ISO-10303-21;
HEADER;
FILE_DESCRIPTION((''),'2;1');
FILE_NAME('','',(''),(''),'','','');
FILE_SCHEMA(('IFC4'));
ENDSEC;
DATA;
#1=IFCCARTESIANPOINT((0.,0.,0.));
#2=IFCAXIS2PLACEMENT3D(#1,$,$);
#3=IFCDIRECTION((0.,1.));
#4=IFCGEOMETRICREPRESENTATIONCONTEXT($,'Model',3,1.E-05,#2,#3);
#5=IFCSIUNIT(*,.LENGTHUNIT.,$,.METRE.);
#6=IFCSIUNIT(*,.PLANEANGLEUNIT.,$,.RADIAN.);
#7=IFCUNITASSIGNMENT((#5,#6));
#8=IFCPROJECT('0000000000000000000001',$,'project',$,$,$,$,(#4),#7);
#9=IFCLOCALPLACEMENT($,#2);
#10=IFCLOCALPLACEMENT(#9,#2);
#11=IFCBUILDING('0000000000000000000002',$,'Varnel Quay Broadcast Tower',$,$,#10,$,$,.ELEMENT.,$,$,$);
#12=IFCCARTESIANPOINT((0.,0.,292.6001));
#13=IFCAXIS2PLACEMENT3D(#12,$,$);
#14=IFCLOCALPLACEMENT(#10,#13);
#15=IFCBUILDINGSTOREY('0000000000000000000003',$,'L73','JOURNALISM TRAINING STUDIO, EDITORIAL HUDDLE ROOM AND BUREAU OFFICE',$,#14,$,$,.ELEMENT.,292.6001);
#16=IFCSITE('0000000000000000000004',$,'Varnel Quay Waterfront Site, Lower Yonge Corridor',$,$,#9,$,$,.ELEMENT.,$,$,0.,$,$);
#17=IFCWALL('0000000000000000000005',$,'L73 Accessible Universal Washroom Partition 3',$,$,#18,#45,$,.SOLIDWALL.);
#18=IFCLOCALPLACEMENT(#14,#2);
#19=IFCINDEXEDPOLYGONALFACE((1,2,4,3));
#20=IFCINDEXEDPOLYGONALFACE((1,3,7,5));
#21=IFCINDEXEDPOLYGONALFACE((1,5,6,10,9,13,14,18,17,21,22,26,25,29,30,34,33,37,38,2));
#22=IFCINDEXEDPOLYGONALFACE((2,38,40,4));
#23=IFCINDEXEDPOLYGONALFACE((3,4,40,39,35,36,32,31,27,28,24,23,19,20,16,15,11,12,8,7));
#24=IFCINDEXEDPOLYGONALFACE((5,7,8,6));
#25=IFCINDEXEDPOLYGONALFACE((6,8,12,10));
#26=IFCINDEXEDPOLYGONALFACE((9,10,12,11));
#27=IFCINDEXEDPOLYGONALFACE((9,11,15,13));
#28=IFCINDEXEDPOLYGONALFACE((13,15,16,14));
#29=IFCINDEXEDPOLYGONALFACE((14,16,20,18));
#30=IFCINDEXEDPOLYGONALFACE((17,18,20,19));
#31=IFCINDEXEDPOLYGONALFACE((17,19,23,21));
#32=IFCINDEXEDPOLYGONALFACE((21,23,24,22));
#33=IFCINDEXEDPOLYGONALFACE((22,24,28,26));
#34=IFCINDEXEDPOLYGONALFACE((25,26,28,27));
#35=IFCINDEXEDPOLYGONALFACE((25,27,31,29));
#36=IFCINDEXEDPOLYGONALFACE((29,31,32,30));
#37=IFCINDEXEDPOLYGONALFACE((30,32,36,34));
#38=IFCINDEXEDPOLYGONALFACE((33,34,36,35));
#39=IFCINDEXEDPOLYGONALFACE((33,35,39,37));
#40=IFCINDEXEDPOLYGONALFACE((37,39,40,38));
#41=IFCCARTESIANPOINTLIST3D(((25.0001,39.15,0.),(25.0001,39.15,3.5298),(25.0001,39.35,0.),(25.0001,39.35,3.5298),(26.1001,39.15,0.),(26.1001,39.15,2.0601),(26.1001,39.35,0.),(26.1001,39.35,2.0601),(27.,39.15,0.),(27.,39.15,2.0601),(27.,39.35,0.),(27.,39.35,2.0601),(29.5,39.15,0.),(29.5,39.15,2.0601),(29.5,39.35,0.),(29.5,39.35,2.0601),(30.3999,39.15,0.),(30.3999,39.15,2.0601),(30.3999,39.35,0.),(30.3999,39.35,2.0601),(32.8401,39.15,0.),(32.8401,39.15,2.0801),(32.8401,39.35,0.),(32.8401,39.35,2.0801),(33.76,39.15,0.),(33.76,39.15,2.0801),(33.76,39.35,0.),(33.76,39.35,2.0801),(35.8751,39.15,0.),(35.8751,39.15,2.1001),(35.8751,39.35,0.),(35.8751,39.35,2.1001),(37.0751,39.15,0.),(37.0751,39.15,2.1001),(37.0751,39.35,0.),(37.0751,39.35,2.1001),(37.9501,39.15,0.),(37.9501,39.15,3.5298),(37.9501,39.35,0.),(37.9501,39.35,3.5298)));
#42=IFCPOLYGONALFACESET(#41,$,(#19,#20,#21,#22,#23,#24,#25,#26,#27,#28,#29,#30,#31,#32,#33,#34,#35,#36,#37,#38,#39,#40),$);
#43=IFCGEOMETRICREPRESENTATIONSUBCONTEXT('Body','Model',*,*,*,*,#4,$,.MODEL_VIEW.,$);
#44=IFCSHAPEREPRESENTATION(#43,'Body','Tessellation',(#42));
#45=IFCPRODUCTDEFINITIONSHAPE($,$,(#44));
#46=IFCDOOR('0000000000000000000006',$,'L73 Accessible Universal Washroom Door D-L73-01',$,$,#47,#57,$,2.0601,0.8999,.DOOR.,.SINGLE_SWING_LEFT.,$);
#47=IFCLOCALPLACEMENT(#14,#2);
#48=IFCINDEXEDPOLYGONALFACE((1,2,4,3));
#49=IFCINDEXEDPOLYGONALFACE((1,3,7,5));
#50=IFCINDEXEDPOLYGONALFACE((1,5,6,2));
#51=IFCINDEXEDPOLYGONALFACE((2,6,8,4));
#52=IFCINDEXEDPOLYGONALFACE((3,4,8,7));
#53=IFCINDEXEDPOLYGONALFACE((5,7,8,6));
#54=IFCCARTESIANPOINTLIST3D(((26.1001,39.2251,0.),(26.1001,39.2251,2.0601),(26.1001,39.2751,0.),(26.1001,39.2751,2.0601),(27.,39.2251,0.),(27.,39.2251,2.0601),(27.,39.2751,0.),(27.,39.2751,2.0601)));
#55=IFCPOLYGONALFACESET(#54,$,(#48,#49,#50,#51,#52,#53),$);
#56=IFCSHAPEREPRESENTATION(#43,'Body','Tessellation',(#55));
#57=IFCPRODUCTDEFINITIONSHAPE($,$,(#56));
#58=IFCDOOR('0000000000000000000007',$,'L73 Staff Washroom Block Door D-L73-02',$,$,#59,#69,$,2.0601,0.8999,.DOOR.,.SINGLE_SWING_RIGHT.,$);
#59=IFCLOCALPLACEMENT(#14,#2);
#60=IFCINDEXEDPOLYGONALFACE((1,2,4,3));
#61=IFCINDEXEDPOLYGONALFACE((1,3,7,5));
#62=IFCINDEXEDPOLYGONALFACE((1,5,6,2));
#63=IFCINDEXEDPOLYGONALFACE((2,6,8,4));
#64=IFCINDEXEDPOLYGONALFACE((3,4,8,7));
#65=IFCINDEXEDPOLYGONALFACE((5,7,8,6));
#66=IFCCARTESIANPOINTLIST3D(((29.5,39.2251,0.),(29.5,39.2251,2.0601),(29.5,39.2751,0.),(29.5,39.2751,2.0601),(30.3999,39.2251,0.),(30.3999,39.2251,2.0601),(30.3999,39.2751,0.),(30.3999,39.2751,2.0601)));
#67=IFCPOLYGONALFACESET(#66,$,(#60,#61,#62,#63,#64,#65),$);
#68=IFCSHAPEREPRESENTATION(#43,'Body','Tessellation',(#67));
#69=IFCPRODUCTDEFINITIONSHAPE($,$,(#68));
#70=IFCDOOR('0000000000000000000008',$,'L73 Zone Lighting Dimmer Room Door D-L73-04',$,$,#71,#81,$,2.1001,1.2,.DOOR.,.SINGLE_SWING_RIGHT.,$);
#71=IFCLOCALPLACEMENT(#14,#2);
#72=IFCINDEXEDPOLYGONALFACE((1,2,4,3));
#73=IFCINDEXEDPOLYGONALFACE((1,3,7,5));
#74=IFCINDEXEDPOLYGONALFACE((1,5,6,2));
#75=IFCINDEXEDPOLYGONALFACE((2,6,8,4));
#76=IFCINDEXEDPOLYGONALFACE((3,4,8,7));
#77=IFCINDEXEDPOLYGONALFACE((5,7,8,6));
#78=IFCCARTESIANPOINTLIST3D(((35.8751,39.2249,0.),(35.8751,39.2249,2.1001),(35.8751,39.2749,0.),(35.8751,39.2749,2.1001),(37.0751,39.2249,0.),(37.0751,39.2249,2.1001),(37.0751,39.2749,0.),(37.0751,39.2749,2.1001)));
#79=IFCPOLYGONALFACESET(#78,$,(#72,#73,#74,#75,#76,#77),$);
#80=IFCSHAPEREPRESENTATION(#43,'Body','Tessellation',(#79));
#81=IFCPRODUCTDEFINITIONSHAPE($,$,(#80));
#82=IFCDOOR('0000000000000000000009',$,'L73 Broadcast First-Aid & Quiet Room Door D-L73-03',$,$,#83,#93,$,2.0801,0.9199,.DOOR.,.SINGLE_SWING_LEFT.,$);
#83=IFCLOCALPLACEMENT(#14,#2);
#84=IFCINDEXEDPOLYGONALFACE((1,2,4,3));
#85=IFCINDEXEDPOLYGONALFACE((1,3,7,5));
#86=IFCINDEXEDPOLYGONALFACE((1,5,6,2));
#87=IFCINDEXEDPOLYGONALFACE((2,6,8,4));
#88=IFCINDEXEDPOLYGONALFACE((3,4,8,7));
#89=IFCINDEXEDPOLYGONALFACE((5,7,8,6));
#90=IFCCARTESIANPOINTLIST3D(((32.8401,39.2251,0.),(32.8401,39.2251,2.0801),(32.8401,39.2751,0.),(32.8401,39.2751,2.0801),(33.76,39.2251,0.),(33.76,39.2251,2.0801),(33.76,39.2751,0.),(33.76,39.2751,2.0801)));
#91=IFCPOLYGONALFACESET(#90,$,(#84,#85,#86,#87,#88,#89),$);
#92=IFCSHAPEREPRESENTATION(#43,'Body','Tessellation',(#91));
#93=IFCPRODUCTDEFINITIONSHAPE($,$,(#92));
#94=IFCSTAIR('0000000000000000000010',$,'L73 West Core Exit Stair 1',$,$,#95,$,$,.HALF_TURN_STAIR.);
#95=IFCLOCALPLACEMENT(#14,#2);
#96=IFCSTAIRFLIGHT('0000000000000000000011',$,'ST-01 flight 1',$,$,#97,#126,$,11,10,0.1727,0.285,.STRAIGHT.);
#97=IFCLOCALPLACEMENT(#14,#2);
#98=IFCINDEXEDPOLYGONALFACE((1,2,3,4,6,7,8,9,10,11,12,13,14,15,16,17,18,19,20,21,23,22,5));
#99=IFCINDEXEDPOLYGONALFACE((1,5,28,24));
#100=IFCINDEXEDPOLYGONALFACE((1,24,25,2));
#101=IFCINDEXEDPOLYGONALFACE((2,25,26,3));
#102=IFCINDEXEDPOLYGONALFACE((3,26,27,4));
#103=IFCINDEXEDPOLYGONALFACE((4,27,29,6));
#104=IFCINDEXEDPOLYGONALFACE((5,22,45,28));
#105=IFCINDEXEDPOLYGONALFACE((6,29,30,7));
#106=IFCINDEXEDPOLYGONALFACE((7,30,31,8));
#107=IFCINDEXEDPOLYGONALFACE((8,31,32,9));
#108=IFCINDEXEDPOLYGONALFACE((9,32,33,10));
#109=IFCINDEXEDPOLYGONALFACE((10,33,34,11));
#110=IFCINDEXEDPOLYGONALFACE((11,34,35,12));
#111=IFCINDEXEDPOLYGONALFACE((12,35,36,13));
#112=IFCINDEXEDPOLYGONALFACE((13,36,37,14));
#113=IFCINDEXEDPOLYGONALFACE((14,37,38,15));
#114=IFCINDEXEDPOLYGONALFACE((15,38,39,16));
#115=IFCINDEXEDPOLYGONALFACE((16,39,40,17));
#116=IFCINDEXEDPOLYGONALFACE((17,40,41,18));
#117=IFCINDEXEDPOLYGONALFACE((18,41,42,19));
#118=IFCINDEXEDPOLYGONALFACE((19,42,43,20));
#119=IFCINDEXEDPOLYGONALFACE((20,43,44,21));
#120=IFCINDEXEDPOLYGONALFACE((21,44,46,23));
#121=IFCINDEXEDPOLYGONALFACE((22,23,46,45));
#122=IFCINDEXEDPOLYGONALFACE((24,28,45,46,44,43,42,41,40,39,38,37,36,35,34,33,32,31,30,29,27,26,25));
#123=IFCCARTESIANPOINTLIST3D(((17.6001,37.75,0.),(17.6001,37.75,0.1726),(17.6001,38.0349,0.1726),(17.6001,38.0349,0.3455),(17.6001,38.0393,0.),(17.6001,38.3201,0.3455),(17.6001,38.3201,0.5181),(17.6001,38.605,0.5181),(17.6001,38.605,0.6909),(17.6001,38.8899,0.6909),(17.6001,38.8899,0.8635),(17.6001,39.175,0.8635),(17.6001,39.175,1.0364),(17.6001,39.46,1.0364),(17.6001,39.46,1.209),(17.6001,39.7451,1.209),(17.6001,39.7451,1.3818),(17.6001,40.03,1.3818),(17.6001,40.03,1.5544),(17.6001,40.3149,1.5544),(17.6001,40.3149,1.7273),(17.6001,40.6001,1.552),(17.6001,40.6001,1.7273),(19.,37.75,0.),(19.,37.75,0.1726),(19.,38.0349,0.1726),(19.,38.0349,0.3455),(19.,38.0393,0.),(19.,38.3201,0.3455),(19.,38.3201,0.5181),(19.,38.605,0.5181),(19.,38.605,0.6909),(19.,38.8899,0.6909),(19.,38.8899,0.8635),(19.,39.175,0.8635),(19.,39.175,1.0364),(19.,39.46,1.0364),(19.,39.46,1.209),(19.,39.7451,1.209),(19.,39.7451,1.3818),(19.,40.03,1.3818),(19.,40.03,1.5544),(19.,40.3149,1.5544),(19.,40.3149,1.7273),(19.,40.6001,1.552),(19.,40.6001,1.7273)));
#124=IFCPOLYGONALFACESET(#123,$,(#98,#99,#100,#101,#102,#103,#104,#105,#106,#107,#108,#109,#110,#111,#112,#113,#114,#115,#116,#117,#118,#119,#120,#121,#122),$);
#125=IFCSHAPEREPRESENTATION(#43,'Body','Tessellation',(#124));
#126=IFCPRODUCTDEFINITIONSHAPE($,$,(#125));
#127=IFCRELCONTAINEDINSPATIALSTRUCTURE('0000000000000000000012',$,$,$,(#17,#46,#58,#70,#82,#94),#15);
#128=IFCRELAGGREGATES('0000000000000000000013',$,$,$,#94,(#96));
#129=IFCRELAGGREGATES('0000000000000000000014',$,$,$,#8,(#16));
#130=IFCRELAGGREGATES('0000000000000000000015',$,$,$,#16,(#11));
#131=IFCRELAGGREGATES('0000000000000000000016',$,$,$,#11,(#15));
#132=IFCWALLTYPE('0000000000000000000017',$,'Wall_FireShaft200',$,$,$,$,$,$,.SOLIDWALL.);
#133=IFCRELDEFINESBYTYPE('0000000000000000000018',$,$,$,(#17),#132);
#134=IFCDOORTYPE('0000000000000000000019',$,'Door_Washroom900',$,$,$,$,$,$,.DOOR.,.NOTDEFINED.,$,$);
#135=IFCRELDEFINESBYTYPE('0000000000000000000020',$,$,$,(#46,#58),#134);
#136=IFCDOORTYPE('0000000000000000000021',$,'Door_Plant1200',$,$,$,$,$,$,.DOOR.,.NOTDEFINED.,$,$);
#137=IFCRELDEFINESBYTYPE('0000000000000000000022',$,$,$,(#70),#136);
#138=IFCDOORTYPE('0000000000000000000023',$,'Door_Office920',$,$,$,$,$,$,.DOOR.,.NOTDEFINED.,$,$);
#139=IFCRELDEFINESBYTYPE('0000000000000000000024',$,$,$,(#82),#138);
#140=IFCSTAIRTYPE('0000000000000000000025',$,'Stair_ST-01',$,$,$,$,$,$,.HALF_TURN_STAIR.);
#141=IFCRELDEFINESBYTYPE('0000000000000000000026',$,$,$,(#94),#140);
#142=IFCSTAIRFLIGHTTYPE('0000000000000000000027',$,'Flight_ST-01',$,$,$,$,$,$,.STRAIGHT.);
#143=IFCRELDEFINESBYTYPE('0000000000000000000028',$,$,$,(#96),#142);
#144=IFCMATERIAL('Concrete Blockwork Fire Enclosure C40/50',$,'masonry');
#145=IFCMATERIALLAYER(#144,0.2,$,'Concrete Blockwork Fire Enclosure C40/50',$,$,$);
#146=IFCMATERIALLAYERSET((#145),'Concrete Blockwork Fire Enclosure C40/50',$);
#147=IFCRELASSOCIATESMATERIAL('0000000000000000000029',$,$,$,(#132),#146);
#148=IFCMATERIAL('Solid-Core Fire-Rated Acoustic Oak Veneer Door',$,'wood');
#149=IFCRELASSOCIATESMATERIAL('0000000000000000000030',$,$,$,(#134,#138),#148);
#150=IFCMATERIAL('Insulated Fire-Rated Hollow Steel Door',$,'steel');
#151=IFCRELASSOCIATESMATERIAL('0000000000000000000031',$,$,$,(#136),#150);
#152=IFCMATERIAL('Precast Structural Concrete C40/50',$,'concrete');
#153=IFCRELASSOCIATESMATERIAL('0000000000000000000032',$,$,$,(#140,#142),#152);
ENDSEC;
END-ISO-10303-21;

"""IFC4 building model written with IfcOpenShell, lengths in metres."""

from ifc_helpers import new_model, si_unit, direction, frame, frame_2d, origin, place, context, subcontext, project, spatial, polyline, rectangle, outline, extrude, source, transform, mapped, material, layer, layer_set, type_object, type_shapes, element, fill, aggregate, save


model = new_model("IFC4")

# Units and contexts
model_context = context("Model", 3, precision=1e-05, world=origin(), true_north=direction((0.0, 1.0)))
body_context = subcontext(model_context, "Body", "Model", "MODEL_VIEW")
ifc_project = project(units=[si_unit("LENGTHUNIT", "METRE"), si_unit("PLANEANGLEUNIT", "RADIAN")], contexts=[model_context])

# Site, building, storey
site_placement = place(None, origin())
site = spatial("IfcSite", under=ifc_project, at=site_placement, Name="Varnel Quay Waterfront Site, Lower Yonge Corridor", CompositionType="ELEMENT", RefElevation=0.0)
building_placement = place(site_placement, origin())
building = spatial("IfcBuilding", under=site, at=building_placement, Name="Varnel Quay Broadcast Tower", CompositionType="ELEMENT")
storey_placement = place(building_placement, frame((0.0, 0.0, 292.6001)))
storey = spatial("IfcBuildingStorey", under=building, at=storey_placement, Name="L73", Description="JOURNALISM TRAINING STUDIO, EDITORIAL HUDDLE ROOM AND BUREAU OFFICE", CompositionType="ELEMENT", Elevation=292.6001)

# Shared definitions
ifc_material_1 = material(Name="Insulated Fire-Rated Hollow Steel Door", Category="steel")

# Wall, openings, doors
ifc_material_2 = material(Name="Concrete Blockwork Fire Enclosure C40/50", Category="masonry")
ifc_layer_1 = layer(ifc_material_2, 0.2, Name="Concrete Blockwork Fire Enclosure C40/50")
ifc_layer_set_1 = layer_set([ifc_layer_1], Name="Concrete Blockwork Fire Enclosure C40/50")
wall_type_1 = type_object("IfcWallType", Name="Wall_FireShaft200", PredefinedType="SOLIDWALL", material=ifc_layer_set_1)
wall_1_placement = place(storey_placement, frame((25.0, 39.25, 0.0), z_axis=(0.0, 0.0, 1.0), x_axis=(1.0, 0.0, 0.0)))
wall_1 = element("IfcWall", 1, at=wall_1_placement, inside=storey, type_object=wall_type_1, Name="L73 Accessible Universal Washroom Partition 3", PredefinedType="SOLIDWALL", context=body_context, shape_type="SweptSolid", body=[
    extrude(rectangle(XDim=12.95, YDim=0.2, at=frame_2d((6.4751, 0.0))), origin(), (0.0, 0.0, 1.0), 3.5298),
])
opening_1_placement = place(wall_1_placement, frame((1.1001, 0.0, 0.0)))
opening_1 = element("IfcOpeningElement", 2, at=opening_1_placement, cuts=wall_1, PredefinedType="OPENING", context=body_context, shape_type="SweptSolid", body=[
    extrude(rectangle(XDim=0.8999, YDim=2.0601, at=frame_2d((0.45, 1.03))), frame((0.0, 0.1099, 0.0), z_axis=(0.0, -1.0, 0.0), x_axis=(1.0, 0.0, 0.0)), (0.0, 0.0, 1.0), 0.22),
])
opening_2_placement = place(wall_1_placement, frame((4.5, 0.0, 0.0)))
opening_2 = element("IfcOpeningElement", 3, at=opening_2_placement, cuts=wall_1, PredefinedType="OPENING", context=body_context, shape_type="SweptSolid", body=[
    extrude(rectangle(XDim=0.8999, YDim=2.0601, at=frame_2d((0.45, 1.03))), frame((0.0, 0.1099, 0.0), z_axis=(0.0, -1.0, 0.0), x_axis=(1.0, 0.0, 0.0)), (0.0, 0.0, 1.0), 0.22),
])
opening_3_placement = place(wall_1_placement, frame((7.8401, 0.0, 0.0)))
opening_3 = element("IfcOpeningElement", 4, at=opening_3_placement, cuts=wall_1, PredefinedType="OPENING", context=body_context, shape_type="SweptSolid", body=[
    extrude(rectangle(XDim=0.9199, YDim=2.0801, at=frame_2d((0.46, 1.04))), frame((0.0, 0.1099, 0.0), z_axis=(0.0, -1.0, 0.0), x_axis=(1.0, 0.0, 0.0)), (0.0, 0.0, 1.0), 0.22),
])
opening_4_placement = place(wall_1_placement, frame((10.875, 0.0, 0.0)))
opening_4 = element("IfcOpeningElement", 5, at=opening_4_placement, cuts=wall_1, PredefinedType="OPENING", context=body_context, shape_type="SweptSolid", body=[
    extrude(rectangle(XDim=1.2, YDim=2.1001, at=frame_2d((0.6001, 1.05))), frame((0.0, 0.1099, 0.0), z_axis=(0.0, -1.0, 0.0), x_axis=(1.0, 0.0, 0.0)), (0.0, 0.0, 1.0), 0.22),
])
ifc_material_3 = material(Name="Solid-Core Fire-Rated Acoustic Oak Veneer Door", Category="wood")
door_type_1 = type_object("IfcDoorType", Name="Door_Washroom900", OperationType="NOTDEFINED", PredefinedType="DOOR", material=ifc_material_3)
shared_shape_1 = source(origin(), body_context, "Body", "SweptSolid", [
    extrude(rectangle(XDim=0.8999, YDim=2.0601, at=frame_2d((0.45, 1.03))), frame((0.0, 0.0249, 0.0), z_axis=(0.0, -1.0, 0.0), x_axis=(1.0, 0.0, 0.0)), (0.0, 0.0, 1.0), 0.05),
])
type_shapes(door_type_1, [shared_shape_1])
door_1_placement = place(opening_1_placement, frame((0.8999, 0.0, 0.0), z_axis=(0.0, 0.0, 1.0), x_axis=(-1.0, 0.0, 0.0)))
door_1 = element("IfcDoor", 6, at=door_1_placement, inside=storey, type_object=door_type_1, Name="L73 Accessible Universal Washroom Door D-L73-01", OperationType="SINGLE_SWING_LEFT", OverallHeight=2.0601, OverallWidth=0.8999, PredefinedType="DOOR", context=body_context, shape_type="MappedRepresentation", body=[
    mapped(shared_shape_1, transform((0.0, 0.0, 0.0), x_axis=(1.0, 0.0, 0.0), y_axis=(0.0, 1.0, 0.0), z_axis=(0.0, 0.0, 1.0), scale=1.0)),
])
fill(opening_1, door_1)
door_2_placement = place(opening_2_placement, frame((0.8999, 0.0, 0.0), z_axis=(0.0, 0.0, 1.0), x_axis=(-1.0, 0.0, 0.0)))
door_2 = element("IfcDoor", 7, at=door_2_placement, inside=storey, type_object=door_type_1, Name="L73 Staff Washroom Block Door D-L73-02", OperationType="SINGLE_SWING_RIGHT", OverallHeight=2.0601, OverallWidth=0.8999, PredefinedType="DOOR", context=body_context, shape_type="MappedRepresentation", body=[
    mapped(shared_shape_1, transform((0.0, 0.0, 0.0), x_axis=(1.0, 0.0, 0.0), y_axis=(0.0, 1.0, 0.0), z_axis=(0.0, 0.0, 1.0), scale=1.0)),
])
fill(opening_2, door_2)
door_type_2 = type_object("IfcDoorType", Name="Door_Plant1200", OperationType="NOTDEFINED", PredefinedType="DOOR", material=ifc_material_1)
shared_shape_2 = source(origin(), body_context, "Body", "SweptSolid", [
    extrude(rectangle(XDim=1.2, YDim=2.1001, at=frame_2d((0.6001, 1.05))), frame((0.0, 0.0249, 0.0), z_axis=(0.0, -1.0, 0.0), x_axis=(1.0, 0.0, 0.0)), (0.0, 0.0, 1.0), 0.05),
])
type_shapes(door_type_2, [shared_shape_2])
door_3_placement = place(opening_4_placement, origin())
door_3 = element("IfcDoor", 8, at=door_3_placement, inside=storey, type_object=door_type_2, Name="L73 Zone Lighting Dimmer Room Door D-L73-04", OperationType="SINGLE_SWING_RIGHT", OverallHeight=2.1001, OverallWidth=1.2, PredefinedType="DOOR", context=body_context, shape_type="MappedRepresentation", body=[
    mapped(shared_shape_2, transform((0.0, 0.0, 0.0), x_axis=(1.0, 0.0, 0.0), y_axis=(0.0, 1.0, 0.0), z_axis=(0.0, 0.0, 1.0), scale=1.0)),
])
fill(opening_4, door_3)
door_type_3 = type_object("IfcDoorType", Name="Door_Office920", OperationType="NOTDEFINED", PredefinedType="DOOR", material=ifc_material_3)
shared_shape_3 = source(origin(), body_context, "Body", "SweptSolid", [
    extrude(rectangle(XDim=0.9199, YDim=2.0801, at=frame_2d((0.46, 1.04))), frame((0.0, 0.0249, 0.0), z_axis=(0.0, -1.0, 0.0), x_axis=(1.0, 0.0, 0.0)), (0.0, 0.0, 1.0), 0.05),
])
type_shapes(door_type_3, [shared_shape_3])
door_4_placement = place(opening_3_placement, frame((0.9199, 0.0, 0.0), z_axis=(0.0, 0.0, 1.0), x_axis=(-1.0, 0.0, 0.0)))
door_4 = element("IfcDoor", 9, at=door_4_placement, inside=storey, type_object=door_type_3, Name="L73 Broadcast First-Aid & Quiet Room Door D-L73-03", OperationType="SINGLE_SWING_LEFT", OverallHeight=2.0801, OverallWidth=0.9199, PredefinedType="DOOR", context=body_context, shape_type="MappedRepresentation", body=[
    mapped(shared_shape_3, transform((0.0, 0.0, 0.0), x_axis=(1.0, 0.0, 0.0), y_axis=(0.0, 1.0, 0.0), z_axis=(0.0, 0.0, 1.0), scale=1.0)),
])
fill(opening_3, door_4)

# Stair, stair flight
ifc_material_4 = material(Name="Precast Structural Concrete C40/50", Category="concrete")
stair_type = type_object("IfcStairType", Name="Stair_ST-01", PredefinedType="HALF_TURN_STAIR", material=ifc_material_4)
stair_placement = place(storey_placement, origin())
stair = element("IfcStair", 10, at=stair_placement, inside=storey, type_object=stair_type, Name="L73 West Core Exit Stair 1", PredefinedType="HALF_TURN_STAIR")
stair_flight_type = type_object("IfcStairFlightType", Name="Flight_ST-01", PredefinedType="STRAIGHT", material=ifc_material_4)
stair_flight_placement = place(storey_placement, frame((18.3, 37.75, 0.0), z_axis=(0.0, 0.0, 1.0), x_axis=(0.0, 1.0, 0.0)))
stair_flight = element("IfcStairFlight", 11, at=stair_flight_placement, type_object=stair_flight_type, Name="ST-01 flight 1", NumberOfRisers=11, NumberOfTreads=10, PredefinedType="STRAIGHT", RiserHeight=0.1727, TreadLength=0.285, context=body_context, shape_type="SweptSolid", body=[
    extrude(outline(polyline([(0.0, 0.0), (0.0, 0.1726), (0.2849, 0.1726), (0.2849, 0.3455), (0.5701, 0.3455), (0.5701, 0.5181), (0.855, 0.5181), (0.855, 0.6909), (1.1399, 0.6909), (1.1399, 0.8635), (1.425, 0.8635), (1.425, 1.0364), (1.71, 1.0364), (1.71, 1.209), (1.9951, 1.209), (1.9951, 1.3818), (2.28, 1.3818), (2.28, 1.5544), (2.5649, 1.5544), (2.5649, 1.7273), (2.8501, 1.7273), (2.8501, 1.8999), (2.8501, 1.552), (0.2893, 0.0), (0.0, 0.0)])), frame((0.0, 0.7, 0.0), z_axis=(0.0, -1.0, 0.0), x_axis=(1.0, 0.0, 0.0)), (0.0, 0.0, 1.0), 1.3999),
])
aggregate(stair, [stair_flight])

save(model, "model.ifc")
